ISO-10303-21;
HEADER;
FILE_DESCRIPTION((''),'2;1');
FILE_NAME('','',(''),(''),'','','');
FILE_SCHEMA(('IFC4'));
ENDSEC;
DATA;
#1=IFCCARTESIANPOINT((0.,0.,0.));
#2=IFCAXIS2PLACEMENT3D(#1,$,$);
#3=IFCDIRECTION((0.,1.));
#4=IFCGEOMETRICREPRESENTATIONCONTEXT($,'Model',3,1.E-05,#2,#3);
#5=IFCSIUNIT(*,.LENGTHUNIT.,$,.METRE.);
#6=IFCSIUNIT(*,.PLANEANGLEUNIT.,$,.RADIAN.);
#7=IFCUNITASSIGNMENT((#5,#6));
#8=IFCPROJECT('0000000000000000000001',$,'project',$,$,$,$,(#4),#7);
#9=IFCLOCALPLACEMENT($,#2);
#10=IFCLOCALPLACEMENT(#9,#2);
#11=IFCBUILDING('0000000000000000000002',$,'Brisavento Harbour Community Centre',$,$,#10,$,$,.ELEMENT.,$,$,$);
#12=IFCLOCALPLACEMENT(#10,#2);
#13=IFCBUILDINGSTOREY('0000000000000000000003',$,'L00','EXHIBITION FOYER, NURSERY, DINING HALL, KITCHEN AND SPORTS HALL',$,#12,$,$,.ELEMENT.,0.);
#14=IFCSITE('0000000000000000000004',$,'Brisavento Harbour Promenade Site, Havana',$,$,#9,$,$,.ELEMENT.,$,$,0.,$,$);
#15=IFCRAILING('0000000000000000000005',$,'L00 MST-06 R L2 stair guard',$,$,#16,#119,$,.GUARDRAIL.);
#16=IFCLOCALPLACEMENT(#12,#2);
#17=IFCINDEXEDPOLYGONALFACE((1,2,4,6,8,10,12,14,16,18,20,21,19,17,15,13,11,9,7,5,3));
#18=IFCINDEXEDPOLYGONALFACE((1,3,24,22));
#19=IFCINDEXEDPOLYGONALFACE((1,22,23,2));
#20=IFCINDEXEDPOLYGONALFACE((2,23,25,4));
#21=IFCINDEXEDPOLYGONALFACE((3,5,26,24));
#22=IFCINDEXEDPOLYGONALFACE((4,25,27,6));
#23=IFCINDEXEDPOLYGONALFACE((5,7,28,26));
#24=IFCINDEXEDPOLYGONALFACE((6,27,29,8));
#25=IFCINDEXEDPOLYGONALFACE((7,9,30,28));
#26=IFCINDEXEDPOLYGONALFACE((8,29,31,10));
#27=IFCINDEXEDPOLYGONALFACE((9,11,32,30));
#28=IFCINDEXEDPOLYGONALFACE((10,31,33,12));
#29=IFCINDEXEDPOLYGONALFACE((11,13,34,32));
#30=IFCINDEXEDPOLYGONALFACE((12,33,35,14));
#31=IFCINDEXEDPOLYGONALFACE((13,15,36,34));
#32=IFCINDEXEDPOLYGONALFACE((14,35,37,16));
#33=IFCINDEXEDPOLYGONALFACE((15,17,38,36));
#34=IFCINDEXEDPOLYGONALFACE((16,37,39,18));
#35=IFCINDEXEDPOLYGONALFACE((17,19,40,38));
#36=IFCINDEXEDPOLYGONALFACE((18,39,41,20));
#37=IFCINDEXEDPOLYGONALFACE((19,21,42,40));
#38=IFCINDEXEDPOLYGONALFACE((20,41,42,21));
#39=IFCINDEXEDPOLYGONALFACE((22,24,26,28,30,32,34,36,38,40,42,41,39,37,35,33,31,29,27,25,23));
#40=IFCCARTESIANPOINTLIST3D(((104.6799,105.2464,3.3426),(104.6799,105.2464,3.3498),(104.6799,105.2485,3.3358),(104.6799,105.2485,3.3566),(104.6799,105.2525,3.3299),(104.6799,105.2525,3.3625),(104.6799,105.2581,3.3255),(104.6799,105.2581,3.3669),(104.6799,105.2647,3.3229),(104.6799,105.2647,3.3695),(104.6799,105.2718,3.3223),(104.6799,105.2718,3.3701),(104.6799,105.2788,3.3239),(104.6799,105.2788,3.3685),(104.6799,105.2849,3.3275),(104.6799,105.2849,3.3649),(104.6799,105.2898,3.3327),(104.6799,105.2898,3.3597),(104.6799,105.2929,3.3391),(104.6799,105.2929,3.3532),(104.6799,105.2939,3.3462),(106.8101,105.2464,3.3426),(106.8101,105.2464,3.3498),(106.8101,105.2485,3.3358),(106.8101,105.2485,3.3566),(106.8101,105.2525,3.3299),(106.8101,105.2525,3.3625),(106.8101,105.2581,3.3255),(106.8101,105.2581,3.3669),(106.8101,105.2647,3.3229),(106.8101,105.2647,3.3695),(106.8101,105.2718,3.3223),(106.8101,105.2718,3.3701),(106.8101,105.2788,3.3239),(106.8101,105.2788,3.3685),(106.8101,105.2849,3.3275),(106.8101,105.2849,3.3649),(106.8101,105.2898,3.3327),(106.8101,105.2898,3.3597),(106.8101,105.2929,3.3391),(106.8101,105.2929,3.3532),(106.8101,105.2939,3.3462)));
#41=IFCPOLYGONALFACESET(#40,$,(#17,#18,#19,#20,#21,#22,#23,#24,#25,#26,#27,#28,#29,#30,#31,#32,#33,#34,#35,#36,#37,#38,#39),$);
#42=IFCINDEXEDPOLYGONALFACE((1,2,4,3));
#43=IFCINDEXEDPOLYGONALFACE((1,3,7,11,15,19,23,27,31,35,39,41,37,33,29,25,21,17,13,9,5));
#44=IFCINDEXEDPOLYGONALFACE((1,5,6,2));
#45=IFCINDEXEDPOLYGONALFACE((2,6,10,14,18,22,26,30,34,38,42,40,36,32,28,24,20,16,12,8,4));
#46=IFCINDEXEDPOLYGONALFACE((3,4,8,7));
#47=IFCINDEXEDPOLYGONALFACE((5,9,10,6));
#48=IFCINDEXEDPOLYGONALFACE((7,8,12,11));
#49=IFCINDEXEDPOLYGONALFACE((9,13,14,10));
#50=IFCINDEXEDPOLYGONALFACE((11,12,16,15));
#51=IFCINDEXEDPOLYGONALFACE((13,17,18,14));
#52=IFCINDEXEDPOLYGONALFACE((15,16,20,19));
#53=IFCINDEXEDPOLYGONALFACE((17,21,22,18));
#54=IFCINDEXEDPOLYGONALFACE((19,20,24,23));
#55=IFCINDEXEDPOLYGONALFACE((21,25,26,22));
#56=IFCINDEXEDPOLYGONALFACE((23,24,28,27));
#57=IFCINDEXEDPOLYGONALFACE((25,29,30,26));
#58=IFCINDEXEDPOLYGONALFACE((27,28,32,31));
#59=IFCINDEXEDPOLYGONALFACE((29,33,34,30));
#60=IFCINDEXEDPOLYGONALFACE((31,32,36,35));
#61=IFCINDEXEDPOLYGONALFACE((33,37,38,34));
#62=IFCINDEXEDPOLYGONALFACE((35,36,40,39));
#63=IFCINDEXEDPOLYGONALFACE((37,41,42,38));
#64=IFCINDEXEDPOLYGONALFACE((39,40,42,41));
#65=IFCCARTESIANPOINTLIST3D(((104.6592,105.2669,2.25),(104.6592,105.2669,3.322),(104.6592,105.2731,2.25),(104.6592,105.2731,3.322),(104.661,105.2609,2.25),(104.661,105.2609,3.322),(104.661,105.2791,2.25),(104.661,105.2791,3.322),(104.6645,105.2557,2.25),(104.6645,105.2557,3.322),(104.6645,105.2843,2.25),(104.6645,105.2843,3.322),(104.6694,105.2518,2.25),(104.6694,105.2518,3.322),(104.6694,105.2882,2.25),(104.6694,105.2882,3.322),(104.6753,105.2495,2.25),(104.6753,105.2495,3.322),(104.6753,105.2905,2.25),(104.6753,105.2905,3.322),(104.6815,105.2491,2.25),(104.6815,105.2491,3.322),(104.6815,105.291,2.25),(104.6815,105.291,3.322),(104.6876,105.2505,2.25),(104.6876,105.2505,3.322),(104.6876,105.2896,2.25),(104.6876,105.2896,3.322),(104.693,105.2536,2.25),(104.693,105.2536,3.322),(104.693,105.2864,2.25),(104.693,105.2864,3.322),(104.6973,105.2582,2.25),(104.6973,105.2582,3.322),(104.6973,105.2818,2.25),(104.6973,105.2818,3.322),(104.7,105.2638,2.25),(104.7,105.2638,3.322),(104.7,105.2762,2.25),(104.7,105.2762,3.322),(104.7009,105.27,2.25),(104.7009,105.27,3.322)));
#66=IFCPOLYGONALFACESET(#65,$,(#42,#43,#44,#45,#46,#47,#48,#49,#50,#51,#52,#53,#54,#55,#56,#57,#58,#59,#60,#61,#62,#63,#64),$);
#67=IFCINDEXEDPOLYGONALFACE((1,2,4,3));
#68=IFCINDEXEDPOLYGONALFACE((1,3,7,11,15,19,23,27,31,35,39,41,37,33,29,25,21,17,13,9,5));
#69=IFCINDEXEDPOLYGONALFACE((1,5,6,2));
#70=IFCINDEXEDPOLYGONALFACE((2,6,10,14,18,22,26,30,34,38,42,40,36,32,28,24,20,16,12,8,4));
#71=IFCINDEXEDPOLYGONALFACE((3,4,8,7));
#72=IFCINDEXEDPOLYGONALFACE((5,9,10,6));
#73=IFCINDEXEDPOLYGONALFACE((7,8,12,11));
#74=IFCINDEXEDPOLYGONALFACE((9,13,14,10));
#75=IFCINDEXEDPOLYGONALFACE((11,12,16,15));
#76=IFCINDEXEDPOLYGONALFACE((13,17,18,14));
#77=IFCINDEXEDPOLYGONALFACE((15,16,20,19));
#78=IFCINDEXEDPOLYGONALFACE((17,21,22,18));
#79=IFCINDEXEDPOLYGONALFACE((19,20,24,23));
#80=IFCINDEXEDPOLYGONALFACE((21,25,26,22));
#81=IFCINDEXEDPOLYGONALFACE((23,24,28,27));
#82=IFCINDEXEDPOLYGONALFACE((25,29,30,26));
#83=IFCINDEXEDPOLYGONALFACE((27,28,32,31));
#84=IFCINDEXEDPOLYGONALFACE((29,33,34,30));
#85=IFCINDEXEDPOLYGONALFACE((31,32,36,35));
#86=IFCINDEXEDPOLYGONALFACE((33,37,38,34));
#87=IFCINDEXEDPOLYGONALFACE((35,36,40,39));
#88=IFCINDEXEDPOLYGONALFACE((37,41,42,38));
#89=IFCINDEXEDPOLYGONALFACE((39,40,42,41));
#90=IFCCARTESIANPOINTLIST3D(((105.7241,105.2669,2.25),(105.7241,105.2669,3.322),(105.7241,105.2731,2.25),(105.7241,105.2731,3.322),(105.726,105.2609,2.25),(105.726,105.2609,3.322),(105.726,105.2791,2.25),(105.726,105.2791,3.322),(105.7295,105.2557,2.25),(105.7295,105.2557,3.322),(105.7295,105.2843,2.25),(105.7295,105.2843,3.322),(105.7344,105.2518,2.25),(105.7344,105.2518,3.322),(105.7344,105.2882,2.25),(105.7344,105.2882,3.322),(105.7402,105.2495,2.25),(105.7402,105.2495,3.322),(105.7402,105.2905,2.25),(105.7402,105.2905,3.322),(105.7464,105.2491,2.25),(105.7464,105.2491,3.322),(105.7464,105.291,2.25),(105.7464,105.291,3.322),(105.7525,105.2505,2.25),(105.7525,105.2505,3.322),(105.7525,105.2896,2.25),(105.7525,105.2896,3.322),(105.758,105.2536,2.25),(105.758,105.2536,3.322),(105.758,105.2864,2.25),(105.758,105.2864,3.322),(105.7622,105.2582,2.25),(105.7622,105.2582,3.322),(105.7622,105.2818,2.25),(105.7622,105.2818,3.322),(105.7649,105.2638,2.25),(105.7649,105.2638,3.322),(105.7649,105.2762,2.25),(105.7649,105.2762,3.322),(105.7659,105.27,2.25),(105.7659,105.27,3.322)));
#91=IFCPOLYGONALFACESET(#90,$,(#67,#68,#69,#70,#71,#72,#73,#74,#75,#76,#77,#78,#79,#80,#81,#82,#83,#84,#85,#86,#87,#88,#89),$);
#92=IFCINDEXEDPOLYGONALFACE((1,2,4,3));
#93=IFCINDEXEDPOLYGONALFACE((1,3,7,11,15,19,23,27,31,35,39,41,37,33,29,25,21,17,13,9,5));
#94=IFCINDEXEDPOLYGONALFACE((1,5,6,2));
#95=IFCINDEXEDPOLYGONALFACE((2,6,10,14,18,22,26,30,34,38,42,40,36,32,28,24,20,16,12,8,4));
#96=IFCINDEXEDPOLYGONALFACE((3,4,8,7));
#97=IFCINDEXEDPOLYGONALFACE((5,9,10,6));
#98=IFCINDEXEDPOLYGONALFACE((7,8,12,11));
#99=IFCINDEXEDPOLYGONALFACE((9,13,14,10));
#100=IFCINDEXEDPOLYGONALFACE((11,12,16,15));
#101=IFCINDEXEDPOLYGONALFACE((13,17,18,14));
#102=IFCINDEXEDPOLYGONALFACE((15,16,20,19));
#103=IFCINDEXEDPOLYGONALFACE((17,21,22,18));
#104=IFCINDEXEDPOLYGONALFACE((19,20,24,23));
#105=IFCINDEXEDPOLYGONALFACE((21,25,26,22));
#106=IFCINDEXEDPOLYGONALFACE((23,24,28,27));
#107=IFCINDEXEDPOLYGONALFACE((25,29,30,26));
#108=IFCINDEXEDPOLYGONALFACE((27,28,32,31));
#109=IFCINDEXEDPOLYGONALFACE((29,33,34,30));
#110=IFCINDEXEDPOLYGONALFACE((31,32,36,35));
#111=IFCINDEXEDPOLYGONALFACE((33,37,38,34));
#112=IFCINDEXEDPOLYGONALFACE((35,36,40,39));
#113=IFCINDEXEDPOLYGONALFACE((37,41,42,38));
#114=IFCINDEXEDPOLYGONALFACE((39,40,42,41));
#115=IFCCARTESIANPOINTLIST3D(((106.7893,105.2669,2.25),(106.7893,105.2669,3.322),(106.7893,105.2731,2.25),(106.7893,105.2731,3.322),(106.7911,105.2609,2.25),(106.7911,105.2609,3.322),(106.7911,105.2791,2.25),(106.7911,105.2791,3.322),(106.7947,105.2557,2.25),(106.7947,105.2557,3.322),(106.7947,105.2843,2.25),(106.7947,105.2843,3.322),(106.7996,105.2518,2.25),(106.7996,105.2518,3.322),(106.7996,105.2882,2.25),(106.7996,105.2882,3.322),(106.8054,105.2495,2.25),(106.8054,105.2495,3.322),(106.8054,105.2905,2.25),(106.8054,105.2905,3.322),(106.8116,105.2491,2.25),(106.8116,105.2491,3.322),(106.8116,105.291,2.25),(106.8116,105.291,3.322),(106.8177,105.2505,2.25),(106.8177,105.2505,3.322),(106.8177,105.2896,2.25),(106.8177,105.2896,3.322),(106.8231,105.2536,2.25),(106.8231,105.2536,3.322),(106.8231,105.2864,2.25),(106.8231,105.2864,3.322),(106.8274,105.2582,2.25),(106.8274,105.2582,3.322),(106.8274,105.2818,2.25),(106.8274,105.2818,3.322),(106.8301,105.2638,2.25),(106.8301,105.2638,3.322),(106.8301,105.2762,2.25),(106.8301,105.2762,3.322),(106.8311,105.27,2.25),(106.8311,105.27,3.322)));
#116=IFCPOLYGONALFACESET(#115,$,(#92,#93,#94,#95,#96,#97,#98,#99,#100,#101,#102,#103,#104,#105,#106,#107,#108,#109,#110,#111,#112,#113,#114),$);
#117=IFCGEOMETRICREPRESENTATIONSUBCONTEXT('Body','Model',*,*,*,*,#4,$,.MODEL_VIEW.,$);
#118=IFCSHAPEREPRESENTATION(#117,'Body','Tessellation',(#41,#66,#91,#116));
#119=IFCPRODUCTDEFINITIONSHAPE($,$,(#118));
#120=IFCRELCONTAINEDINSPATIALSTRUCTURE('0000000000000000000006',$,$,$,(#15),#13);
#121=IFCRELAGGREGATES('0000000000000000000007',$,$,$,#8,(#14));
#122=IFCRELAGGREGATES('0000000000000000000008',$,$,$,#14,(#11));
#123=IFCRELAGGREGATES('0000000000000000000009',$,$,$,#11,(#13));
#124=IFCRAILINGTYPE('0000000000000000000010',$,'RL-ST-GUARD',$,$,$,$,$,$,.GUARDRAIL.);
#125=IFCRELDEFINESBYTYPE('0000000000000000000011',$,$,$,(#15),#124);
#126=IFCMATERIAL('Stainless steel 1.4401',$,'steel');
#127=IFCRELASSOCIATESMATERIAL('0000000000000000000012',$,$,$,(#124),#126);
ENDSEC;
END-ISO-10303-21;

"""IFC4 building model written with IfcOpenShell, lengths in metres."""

from ifc_helpers import new_model, si_unit, direction, frame, origin, origin_2d, place, context, subcontext, project, spatial, circle, extrude, material, type_object, element, save


model = new_model("IFC4")

# Units and contexts
model_context = context("Model", 3, precision=1e-05, world=origin(), true_north=direction((0.0, 1.0)))
body_context = subcontext(model_context, "Body", "Model", "MODEL_VIEW")
ifc_project = project(units=[si_unit("LENGTHUNIT", "METRE"), si_unit("PLANEANGLEUNIT", "RADIAN")], contexts=[model_context])

# Site, building, storey
site_placement = place(None, origin())
site = spatial("IfcSite", under=ifc_project, at=site_placement, Name="Brisavento Harbour Promenade Site, Havana", CompositionType="ELEMENT", RefElevation=0.0)
building_placement = place(site_placement, origin())
building = spatial("IfcBuilding", under=site, at=building_placement, Name="Brisavento Harbour Community Centre", CompositionType="ELEMENT")
storey_placement = place(building_placement, origin())
storey = spatial("IfcBuildingStorey", under=building, at=storey_placement, Name="L00", Description="EXHIBITION FOYER, NURSERY, DINING HALL, KITCHEN AND SPORTS HALL", CompositionType="ELEMENT", Elevation=0.0)

# Railing
ifc_material_1 = material(Name="Stainless steel 1.4401", Category="steel")
railing_type = type_object("IfcRailingType", Name="RL-ST-GUARD", PredefinedType="GUARDRAIL", material=ifc_material_1)
railing_1_placement = place(storey_placement, frame((104.6799, 105.27, 2.25)))
element("IfcRailing", 1, at=railing_1_placement, inside=storey, type_object=railing_type, Name="L00 MST-06 R L2 stair guard", PredefinedType="GUARDRAIL", context=body_context, shape_type="SweptSolid", body=[
    extrude(circle(Radius=0.0239, at=origin_2d()), frame((0.0, 0.0, 1.0962), z_axis=(1.0, 0.0, 0.0), x_axis=(0.0, 1.0, 0.0)), (0.0, 0.0, 1.0), 2.1301),
    extrude(circle(Radius=0.021, at=origin_2d()), origin(), (0.0, 0.0, 1.0), 1.072),
    extrude(circle(Radius=0.021, at=origin_2d()), frame((1.0649, 0.0, 0.0)), (0.0, 0.0, 1.0), 1.072),
    extrude(circle(Radius=0.021, at=origin_2d()), frame((2.1301, 0.0, 0.0)), (0.0, 0.0, 1.0), 1.072),
])

save(model, "model.ifc")
